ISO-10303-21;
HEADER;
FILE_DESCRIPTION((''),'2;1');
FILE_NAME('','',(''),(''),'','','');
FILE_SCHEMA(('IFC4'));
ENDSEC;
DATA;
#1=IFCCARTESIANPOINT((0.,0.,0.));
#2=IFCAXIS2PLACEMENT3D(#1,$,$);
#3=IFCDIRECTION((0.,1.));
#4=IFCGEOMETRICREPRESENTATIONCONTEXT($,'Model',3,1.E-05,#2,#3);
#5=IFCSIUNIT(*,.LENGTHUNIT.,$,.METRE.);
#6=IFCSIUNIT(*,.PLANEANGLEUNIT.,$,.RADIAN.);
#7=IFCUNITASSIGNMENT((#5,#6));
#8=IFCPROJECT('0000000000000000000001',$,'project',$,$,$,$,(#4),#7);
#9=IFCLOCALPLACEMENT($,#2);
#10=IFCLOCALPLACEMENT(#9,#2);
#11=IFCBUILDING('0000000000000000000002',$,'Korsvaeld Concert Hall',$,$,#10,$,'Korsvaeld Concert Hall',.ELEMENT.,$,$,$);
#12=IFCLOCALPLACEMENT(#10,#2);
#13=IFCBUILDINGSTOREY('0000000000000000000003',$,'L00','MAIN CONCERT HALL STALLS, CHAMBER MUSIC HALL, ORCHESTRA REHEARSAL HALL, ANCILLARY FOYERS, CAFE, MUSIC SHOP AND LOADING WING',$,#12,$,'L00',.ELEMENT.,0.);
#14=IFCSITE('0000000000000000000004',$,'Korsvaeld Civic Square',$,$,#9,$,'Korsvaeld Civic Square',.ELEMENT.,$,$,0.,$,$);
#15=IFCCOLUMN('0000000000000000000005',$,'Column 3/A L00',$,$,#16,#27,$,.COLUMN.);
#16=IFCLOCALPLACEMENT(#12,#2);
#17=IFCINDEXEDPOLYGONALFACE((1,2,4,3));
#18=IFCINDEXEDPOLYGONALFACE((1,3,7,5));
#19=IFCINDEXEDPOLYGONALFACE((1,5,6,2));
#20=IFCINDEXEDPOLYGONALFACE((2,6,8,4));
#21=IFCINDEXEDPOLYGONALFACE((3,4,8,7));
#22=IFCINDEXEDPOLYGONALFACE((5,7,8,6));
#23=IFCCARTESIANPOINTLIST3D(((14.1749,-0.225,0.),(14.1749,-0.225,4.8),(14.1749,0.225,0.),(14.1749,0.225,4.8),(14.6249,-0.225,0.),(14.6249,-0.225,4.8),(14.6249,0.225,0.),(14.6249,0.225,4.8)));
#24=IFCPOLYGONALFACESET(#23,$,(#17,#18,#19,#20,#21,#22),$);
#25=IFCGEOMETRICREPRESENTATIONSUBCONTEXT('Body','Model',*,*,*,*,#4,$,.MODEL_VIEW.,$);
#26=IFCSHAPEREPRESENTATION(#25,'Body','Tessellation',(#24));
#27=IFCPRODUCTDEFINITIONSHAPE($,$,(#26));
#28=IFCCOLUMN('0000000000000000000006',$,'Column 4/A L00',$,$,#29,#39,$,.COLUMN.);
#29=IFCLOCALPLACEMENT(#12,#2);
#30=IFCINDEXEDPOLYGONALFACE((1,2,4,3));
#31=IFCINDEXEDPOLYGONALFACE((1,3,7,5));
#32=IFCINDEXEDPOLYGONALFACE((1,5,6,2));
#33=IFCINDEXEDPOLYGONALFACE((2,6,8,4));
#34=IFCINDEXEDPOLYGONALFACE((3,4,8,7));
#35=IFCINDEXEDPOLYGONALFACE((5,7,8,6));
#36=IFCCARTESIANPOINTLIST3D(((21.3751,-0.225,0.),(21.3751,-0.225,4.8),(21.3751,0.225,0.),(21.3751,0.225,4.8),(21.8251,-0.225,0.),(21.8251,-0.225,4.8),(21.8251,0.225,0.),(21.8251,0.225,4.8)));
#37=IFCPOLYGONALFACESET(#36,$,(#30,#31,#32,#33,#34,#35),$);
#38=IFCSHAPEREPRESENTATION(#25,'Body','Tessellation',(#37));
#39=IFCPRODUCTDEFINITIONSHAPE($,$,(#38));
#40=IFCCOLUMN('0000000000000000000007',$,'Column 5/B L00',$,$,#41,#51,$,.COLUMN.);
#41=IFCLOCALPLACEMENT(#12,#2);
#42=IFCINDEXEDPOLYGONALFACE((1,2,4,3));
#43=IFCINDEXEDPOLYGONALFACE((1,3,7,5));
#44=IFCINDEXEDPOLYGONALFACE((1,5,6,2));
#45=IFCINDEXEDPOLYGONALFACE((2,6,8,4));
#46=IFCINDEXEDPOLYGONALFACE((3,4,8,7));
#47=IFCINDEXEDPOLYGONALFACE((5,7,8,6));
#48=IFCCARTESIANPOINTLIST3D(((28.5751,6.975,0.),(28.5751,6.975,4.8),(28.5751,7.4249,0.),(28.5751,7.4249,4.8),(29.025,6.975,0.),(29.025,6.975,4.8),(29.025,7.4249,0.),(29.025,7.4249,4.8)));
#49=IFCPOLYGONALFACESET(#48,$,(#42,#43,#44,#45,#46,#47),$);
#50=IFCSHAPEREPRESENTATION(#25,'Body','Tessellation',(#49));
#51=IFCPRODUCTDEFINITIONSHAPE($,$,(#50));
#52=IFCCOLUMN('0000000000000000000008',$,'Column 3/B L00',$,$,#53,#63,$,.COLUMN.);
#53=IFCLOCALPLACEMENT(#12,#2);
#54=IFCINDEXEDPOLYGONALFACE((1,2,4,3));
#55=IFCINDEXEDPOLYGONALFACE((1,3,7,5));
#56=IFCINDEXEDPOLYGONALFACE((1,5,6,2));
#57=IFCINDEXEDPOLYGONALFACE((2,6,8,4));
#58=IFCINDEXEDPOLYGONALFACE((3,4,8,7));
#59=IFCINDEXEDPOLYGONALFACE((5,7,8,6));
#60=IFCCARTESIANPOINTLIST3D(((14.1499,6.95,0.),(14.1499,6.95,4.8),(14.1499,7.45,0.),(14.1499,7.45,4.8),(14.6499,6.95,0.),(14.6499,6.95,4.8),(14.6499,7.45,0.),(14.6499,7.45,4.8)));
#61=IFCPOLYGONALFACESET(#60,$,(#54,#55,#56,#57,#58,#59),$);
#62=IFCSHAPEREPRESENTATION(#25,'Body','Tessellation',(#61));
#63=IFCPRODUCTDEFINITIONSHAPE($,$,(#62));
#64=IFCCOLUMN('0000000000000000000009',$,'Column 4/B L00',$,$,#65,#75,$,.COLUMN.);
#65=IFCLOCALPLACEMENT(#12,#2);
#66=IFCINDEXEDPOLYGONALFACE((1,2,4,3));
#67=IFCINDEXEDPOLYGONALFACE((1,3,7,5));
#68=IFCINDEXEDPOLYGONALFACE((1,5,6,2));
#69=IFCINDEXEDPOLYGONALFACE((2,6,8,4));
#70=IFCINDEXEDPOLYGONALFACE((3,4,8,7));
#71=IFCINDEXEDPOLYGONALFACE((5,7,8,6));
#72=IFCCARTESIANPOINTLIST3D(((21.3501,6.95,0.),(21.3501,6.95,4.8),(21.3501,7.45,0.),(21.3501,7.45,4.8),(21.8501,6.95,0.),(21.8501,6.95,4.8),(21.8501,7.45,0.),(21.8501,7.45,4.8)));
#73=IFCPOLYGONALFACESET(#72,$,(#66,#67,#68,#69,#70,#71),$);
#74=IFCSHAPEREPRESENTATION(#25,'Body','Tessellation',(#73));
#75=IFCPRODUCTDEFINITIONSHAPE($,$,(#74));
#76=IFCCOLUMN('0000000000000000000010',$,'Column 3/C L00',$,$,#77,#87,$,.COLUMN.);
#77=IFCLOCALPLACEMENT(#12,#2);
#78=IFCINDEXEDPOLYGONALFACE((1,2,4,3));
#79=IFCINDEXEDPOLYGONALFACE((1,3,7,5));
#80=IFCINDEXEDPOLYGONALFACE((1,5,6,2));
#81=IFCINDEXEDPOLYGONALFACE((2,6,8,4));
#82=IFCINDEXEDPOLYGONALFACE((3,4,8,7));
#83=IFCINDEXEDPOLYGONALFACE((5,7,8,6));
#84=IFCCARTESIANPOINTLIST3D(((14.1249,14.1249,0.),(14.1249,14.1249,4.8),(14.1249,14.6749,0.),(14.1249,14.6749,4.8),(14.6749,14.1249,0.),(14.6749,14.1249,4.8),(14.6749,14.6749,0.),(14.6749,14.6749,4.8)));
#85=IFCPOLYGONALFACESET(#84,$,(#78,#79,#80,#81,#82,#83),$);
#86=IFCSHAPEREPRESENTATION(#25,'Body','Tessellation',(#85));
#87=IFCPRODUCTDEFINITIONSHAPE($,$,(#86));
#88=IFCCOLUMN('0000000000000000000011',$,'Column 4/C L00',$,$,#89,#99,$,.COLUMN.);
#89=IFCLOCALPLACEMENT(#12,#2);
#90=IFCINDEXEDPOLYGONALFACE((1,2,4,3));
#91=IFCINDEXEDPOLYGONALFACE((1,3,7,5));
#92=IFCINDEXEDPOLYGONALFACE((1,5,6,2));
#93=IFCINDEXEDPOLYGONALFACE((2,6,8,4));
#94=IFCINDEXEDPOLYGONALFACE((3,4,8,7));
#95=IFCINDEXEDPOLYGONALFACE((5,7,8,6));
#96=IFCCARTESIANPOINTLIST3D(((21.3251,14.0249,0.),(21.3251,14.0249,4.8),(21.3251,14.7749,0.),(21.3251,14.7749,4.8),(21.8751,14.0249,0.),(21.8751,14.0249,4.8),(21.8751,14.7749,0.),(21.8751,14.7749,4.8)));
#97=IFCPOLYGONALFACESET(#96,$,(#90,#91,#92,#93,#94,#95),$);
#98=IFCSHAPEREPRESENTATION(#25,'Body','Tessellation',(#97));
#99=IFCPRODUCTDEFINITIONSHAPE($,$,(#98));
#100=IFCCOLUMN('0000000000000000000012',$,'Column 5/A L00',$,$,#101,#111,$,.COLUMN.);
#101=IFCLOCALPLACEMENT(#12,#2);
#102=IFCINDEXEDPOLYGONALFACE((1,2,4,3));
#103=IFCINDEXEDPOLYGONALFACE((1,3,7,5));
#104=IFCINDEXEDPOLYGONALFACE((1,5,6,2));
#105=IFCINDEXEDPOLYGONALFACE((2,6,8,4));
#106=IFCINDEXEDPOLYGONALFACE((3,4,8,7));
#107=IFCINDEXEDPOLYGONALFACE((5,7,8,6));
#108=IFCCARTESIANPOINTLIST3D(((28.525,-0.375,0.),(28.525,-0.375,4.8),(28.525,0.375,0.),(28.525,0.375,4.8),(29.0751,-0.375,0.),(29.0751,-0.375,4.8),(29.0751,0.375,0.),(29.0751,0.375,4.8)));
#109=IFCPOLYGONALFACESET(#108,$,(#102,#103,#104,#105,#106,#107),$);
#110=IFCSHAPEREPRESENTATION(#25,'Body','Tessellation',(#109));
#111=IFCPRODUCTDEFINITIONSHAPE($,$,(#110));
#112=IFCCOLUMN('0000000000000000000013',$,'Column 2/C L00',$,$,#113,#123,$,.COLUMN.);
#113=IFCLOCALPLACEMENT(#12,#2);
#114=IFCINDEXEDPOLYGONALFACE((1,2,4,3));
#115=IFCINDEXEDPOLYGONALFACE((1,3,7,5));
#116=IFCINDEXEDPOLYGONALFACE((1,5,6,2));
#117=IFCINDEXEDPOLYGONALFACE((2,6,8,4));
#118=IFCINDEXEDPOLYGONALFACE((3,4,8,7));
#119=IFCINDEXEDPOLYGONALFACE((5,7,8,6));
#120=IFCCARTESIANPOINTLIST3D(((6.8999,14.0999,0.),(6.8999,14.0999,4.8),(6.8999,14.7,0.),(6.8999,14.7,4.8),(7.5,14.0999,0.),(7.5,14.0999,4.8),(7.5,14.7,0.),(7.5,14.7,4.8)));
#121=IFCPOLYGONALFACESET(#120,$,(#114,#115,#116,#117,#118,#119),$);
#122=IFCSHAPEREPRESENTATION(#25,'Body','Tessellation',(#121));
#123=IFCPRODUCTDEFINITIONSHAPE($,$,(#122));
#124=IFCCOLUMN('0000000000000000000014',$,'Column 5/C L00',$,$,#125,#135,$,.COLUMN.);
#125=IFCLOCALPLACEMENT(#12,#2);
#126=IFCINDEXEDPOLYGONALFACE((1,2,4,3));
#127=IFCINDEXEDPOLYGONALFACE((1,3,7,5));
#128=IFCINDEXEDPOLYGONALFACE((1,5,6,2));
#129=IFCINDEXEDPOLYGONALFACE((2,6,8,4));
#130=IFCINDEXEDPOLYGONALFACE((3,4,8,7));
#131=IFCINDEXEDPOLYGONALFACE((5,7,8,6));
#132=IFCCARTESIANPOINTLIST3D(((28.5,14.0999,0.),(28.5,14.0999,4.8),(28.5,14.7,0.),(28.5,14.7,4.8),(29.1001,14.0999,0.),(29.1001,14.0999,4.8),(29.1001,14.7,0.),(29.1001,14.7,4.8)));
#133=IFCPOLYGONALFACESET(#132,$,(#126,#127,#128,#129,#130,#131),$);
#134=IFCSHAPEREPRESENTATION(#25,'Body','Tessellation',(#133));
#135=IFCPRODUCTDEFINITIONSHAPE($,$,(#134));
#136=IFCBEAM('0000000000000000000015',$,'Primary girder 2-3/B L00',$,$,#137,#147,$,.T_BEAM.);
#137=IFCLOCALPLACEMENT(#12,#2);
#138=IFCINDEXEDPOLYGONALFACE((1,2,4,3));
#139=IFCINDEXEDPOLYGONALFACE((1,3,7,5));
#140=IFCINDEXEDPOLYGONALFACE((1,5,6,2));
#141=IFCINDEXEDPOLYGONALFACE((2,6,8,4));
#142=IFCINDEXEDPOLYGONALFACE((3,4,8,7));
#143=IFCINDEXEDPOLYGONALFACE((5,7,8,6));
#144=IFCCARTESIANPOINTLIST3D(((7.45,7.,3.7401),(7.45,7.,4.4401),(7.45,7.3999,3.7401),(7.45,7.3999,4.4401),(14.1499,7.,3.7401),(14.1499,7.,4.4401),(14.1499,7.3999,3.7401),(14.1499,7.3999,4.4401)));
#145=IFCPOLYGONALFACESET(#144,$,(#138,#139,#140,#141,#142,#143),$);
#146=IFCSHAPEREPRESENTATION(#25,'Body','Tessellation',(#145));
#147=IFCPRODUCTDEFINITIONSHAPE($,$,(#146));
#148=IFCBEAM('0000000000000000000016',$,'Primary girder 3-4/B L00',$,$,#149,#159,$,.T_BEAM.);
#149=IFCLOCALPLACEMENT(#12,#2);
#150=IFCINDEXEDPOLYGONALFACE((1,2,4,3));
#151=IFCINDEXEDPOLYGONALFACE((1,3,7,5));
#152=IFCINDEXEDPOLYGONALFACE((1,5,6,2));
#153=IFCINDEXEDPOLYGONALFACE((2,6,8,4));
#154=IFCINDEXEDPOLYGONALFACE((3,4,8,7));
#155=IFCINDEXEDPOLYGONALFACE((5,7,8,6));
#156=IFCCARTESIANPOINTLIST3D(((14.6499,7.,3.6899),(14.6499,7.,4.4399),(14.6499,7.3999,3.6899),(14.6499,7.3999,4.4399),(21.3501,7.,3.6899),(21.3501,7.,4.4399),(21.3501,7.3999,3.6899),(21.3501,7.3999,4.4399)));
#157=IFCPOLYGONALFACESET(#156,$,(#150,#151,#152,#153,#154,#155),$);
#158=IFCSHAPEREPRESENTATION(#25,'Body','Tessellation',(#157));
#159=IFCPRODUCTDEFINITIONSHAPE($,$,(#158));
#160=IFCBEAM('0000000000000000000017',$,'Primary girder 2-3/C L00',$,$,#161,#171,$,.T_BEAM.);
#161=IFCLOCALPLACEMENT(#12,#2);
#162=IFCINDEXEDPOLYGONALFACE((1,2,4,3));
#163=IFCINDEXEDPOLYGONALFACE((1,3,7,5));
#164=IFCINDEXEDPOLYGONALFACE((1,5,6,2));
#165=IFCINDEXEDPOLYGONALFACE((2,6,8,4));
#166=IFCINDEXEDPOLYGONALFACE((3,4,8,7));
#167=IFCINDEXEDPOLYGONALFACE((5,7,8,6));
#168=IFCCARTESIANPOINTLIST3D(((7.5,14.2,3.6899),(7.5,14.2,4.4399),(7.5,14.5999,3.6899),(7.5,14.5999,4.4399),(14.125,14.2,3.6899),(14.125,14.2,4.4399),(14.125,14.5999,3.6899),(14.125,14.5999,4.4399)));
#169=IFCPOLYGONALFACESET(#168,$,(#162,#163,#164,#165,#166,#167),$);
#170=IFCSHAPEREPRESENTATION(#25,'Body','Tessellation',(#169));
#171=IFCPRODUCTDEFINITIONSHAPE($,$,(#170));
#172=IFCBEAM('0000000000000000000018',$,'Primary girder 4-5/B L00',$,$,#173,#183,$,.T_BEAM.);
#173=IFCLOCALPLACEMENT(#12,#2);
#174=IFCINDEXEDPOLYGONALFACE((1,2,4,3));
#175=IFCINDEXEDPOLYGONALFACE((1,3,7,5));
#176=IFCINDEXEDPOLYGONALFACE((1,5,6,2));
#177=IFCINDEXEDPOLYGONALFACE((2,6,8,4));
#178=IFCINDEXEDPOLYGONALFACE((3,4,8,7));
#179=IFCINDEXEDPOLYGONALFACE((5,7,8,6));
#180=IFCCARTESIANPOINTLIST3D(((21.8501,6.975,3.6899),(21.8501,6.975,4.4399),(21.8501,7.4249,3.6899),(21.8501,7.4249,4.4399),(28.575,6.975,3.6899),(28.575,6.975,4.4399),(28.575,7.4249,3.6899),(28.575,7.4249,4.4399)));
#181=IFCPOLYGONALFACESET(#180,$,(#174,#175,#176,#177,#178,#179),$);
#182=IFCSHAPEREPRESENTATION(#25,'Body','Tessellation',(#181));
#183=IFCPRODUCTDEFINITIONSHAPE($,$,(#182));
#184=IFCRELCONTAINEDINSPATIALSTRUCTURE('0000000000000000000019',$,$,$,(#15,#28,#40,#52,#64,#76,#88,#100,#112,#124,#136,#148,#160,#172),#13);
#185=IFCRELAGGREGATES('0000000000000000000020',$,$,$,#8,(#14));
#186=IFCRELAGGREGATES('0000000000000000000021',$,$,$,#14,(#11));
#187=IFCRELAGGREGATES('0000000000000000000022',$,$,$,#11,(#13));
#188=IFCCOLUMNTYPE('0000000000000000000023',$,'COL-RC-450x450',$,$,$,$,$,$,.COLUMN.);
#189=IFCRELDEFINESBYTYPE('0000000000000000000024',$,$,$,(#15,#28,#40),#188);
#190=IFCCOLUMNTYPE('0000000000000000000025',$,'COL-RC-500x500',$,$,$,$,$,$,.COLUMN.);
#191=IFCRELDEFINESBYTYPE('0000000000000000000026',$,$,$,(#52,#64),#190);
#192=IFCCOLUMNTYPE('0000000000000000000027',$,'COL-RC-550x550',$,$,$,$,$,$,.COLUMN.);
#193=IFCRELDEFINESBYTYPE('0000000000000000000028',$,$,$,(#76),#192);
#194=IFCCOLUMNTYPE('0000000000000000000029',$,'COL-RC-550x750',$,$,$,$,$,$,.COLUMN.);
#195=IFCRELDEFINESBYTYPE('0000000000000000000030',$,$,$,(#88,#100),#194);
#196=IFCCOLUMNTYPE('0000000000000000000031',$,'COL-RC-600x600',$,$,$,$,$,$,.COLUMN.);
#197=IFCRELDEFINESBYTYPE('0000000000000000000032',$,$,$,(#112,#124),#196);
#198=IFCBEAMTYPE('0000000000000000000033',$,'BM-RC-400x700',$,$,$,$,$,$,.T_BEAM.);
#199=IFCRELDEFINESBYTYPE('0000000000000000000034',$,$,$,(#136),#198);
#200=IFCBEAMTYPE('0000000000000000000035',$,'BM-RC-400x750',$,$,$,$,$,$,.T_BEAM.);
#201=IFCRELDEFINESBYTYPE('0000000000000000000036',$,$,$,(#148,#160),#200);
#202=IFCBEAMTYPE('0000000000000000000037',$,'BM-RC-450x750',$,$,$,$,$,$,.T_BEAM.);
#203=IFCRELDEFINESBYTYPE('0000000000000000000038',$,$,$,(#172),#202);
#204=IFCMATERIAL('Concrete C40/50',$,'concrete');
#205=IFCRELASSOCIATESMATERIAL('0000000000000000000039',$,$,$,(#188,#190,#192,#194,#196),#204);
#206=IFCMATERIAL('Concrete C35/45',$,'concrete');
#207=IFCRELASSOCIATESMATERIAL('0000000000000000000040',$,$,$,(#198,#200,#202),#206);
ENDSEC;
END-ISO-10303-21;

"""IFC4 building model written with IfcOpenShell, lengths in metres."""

from ifc_helpers import new_model, si_unit, direction, frame, origin, origin_2d, place, context, subcontext, project, spatial, rectangle, extrude, material, material_profile, profile_set, type_object, element, save


model = new_model("IFC4")

# Units and contexts
model_context = context("Model", 3, precision=1e-05, world=origin(), true_north=direction((0.0, 1.0)))
body_context = subcontext(model_context, "Body", "Model", "MODEL_VIEW")
ifc_project = project(units=[si_unit("LENGTHUNIT", "METRE"), si_unit("PLANEANGLEUNIT", "RADIAN")], contexts=[model_context])

# Site, building, storey
site_placement = place(None, origin())
site = spatial("IfcSite", under=ifc_project, at=site_placement, Name="Korsvaeld Civic Square", LongName="Korsvaeld Civic Square", CompositionType="ELEMENT", RefElevation=0.0)
building_placement = place(site_placement, origin())
building = spatial("IfcBuilding", under=site, at=building_placement, Name="Korsvaeld Concert Hall", LongName="Korsvaeld Concert Hall", CompositionType="ELEMENT")
storey_placement = place(building_placement, origin())
storey = spatial("IfcBuildingStorey", under=building, at=storey_placement, Name="L00", Description="MAIN CONCERT HALL STALLS, CHAMBER MUSIC HALL, ORCHESTRA REHEARSAL HALL, ANCILLARY FOYERS, CAFE, MUSIC SHOP AND LOADING WING", LongName="L00", CompositionType="ELEMENT", Elevation=0.0)

# Columns
ifc_material_1 = material(Name="Concrete C40/50", Category="concrete")
ifc_material_profile_1 = material_profile(ifc_material_1, rectangle(XDim=0.45, YDim=0.45, at=origin_2d()), Name="RC 450x450")
ifc_profile_set_1 = profile_set([ifc_material_profile_1], Name="Concrete C40/50")
column_type_1 = type_object("IfcColumnType", Name="COL-RC-450x450", PredefinedType="COLUMN", material=ifc_profile_set_1)
for number, where, z_axis, x_axis, name in (
    (1, (14.3999, 0.0, 0.0), (0.0, 0.0, 1.0), (1.0, 0.0, 0.0), "Column 3/A L00"),
    (2, (21.6001, 0.0, 0.0), (0.0, 0.0, 1.0), (1.0, 0.0, 0.0), "Column 4/A L00"),
    (3, (28.8, 7.2, 0.0), (0.0, 0.0, 1.0), (1.0, 0.0, 0.0), "Column 5/B L00"),
):
    element("IfcColumn", number, at=place(storey_placement, frame(where, z_axis=z_axis, x_axis=x_axis)), inside=storey, type_object=column_type_1, Name=name, PredefinedType="COLUMN", context=body_context, shape_type="SweptSolid", body=[
        extrude(rectangle(XDim=0.45, YDim=0.45, at=origin_2d()), origin(), (0.0, 0.0, 1.0), 4.8),
    ])
ifc_material_profile_2 = material_profile(ifc_material_1, rectangle(XDim=0.5, YDim=0.5, at=origin_2d()), Name="RC 500x500")
ifc_profile_set_2 = profile_set([ifc_material_profile_2], Name="Concrete C40/50")
column_type_2 = type_object("IfcColumnType", Name="COL-RC-500x500", PredefinedType="COLUMN", material=ifc_profile_set_2)
for number, where, z_axis, x_axis, name in (
    (4, (14.3999, 7.2, 0.0), (0.0, 0.0, 1.0), (1.0, 0.0, 0.0), "Column 3/B L00"),
    (5, (21.6001, 7.2, 0.0), (0.0, 0.0, 1.0), (1.0, 0.0, 0.0), "Column 4/B L00"),
):
    element("IfcColumn", number, at=place(storey_placement, frame(where, z_axis=z_axis, x_axis=x_axis)), inside=storey, type_object=column_type_2, Name=name, PredefinedType="COLUMN", context=body_context, shape_type="SweptSolid", body=[
        extrude(rectangle(XDim=0.5, YDim=0.5, at=origin_2d()), origin(), (0.0, 0.0, 1.0), 4.8),
    ])
ifc_material_profile_3 = material_profile(ifc_material_1, rectangle(XDim=0.55, YDim=0.55, at=origin_2d()), Name="RC 550x550")
ifc_profile_set_3 = profile_set([ifc_material_profile_3], Name="Concrete C40/50")
column_type_3 = type_object("IfcColumnType", Name="COL-RC-550x550", PredefinedType="COLUMN", material=ifc_profile_set_3)
column_placement = place(storey_placement, frame((14.3999, 14.3999, 0.0), z_axis=(0.0, 0.0, 1.0), x_axis=(1.0, 0.0, 0.0)))
element("IfcColumn", 6, at=column_placement, inside=storey, type_object=column_type_3, Name="Column 3/C L00", PredefinedType="COLUMN", context=body_context, shape_type="SweptSolid", body=[
    extrude(rectangle(XDim=0.55, YDim=0.55, at=origin_2d()), origin(), (0.0, 0.0, 1.0), 4.8),
])
ifc_material_profile_4 = material_profile(ifc_material_1, rectangle(XDim=0.55, YDim=0.75, at=origin_2d()), Name="RC 550x750")
ifc_profile_set_4 = profile_set([ifc_material_profile_4], Name="Concrete C40/50")
column_type_4 = type_object("IfcColumnType", Name="COL-RC-550x750", PredefinedType="COLUMN", material=ifc_profile_set_4)
for number, where, z_axis, x_axis, name in (
    (7, (21.6001, 14.3999, 0.0), (0.0, 0.0, 1.0), (1.0, 0.0, 0.0), "Column 4/C L00"),
    (8, (28.8, 0.0, 0.0), (0.0, 0.0, 1.0), (1.0, 0.0, 0.0), "Column 5/A L00"),
):
    element("IfcColumn", number, at=place(storey_placement, frame(where, z_axis=z_axis, x_axis=x_axis)), inside=storey, type_object=column_type_4, Name=name, PredefinedType="COLUMN", context=body_context, shape_type="SweptSolid", body=[
        extrude(rectangle(XDim=0.55, YDim=0.75, at=origin_2d()), origin(), (0.0, 0.0, 1.0), 4.8),
    ])
ifc_material_profile_5 = material_profile(ifc_material_1, rectangle(XDim=0.6001, YDim=0.6001, at=origin_2d()), Name="RC 600x600")
ifc_profile_set_5 = profile_set([ifc_material_profile_5], Name="Concrete C40/50")
column_type_5 = type_object("IfcColumnType", Name="COL-RC-600x600", PredefinedType="COLUMN", material=ifc_profile_set_5)
for number, where, z_axis, x_axis, name in (
    (9, (7.2, 14.3999, 0.0), (0.0, 0.0, 1.0), (1.0, 0.0, 0.0), "Column 2/C L00"),
    (10, (28.8, 14.3999, 0.0), (0.0, 0.0, 1.0), (1.0, 0.0, 0.0), "Column 5/C L00"),
):
    element("IfcColumn", number, at=place(storey_placement, frame(where, z_axis=z_axis, x_axis=x_axis)), inside=storey, type_object=column_type_5, Name=name, PredefinedType="COLUMN", context=body_context, shape_type="SweptSolid", body=[
        extrude(rectangle(XDim=0.6001, YDim=0.6001, at=origin_2d()), origin(), (0.0, 0.0, 1.0), 4.8),
    ])

# Beams
ifc_material_2 = material(Name="Concrete C35/45", Category="concrete")
ifc_material_profile_6 = material_profile(ifc_material_2, rectangle(XDim=0.3999, YDim=0.7, at=origin_2d()), Name="RC 400x700")
ifc_profile_set_6 = profile_set([ifc_material_profile_6], Name="Concrete C35/45")
beam_type_1 = type_object("IfcBeamType", Name="BM-RC-400x700", PredefinedType="T_BEAM", material=ifc_profile_set_6)
beam_1_placement = place(storey_placement, frame((7.45, 7.2, 4.0901), z_axis=(1.0, 0.0, 0.0), x_axis=(0.0, 1.0, 0.0)))
element("IfcBeam", 11, at=beam_1_placement, inside=storey, type_object=beam_type_1, Name="Primary girder 2-3/B L00", PredefinedType="T_BEAM", context=body_context, shape_type="SweptSolid", body=[
    extrude(rectangle(XDim=0.3999, YDim=0.7, at=origin_2d()), origin(), (0.0, 0.0, 1.0), 6.7),
])
ifc_material_profile_7 = material_profile(ifc_material_2, rectangle(XDim=0.3999, YDim=0.75, at=origin_2d()), Name="RC 400x750")
ifc_profile_set_7 = profile_set([ifc_material_profile_7], Name="Concrete C35/45")
beam_type_2 = type_object("IfcBeamType", Name="BM-RC-400x750", PredefinedType="T_BEAM", material=ifc_profile_set_7)
beam_2_placement = place(storey_placement, frame((14.6499, 7.2, 4.0649), z_axis=(1.0, 0.0, 0.0), x_axis=(0.0, 1.0, 0.0)))
element("IfcBeam", 12, at=beam_2_placement, inside=storey, type_object=beam_type_2, Name="Primary girder 3-4/B L00", PredefinedType="T_BEAM", context=body_context, shape_type="SweptSolid", body=[
    extrude(rectangle(XDim=0.3999, YDim=0.75, at=origin_2d()), origin(), (0.0, 0.0, 1.0), 6.7002),
])
beam_3_placement = place(storey_placement, frame((7.5, 14.3999, 4.0649), z_axis=(1.0, 0.0, 0.0), x_axis=(0.0, 1.0, 0.0)))
element("IfcBeam", 13, at=beam_3_placement, inside=storey, type_object=beam_type_2, Name="Primary girder 2-3/C L00", PredefinedType="T_BEAM", context=body_context, shape_type="SweptSolid", body=[
    extrude(rectangle(XDim=0.3999, YDim=0.75, at=origin_2d()), origin(), (0.0, 0.0, 1.0), 6.625),
])
ifc_material_profile_8 = material_profile(ifc_material_2, rectangle(XDim=0.45, YDim=0.75, at=origin_2d()), Name="RC 450x750")
ifc_profile_set_8 = profile_set([ifc_material_profile_8], Name="Concrete C35/45")
beam_type_3 = type_object("IfcBeamType", Name="BM-RC-450x750", PredefinedType="T_BEAM", material=ifc_profile_set_8)
beam_4_placement = place(storey_placement, frame((21.8501, 7.2, 4.0649), z_axis=(1.0, 0.0, 0.0), x_axis=(0.0, 1.0, 0.0)))
element("IfcBeam", 14, at=beam_4_placement, inside=storey, type_object=beam_type_3, Name="Primary girder 4-5/B L00", PredefinedType="T_BEAM", context=body_context, shape_type="SweptSolid", body=[
    extrude(rectangle(XDim=0.45, YDim=0.75, at=origin_2d()), origin(), (0.0, 0.0, 1.0), 6.7249),
])

save(model, "model.ifc")
